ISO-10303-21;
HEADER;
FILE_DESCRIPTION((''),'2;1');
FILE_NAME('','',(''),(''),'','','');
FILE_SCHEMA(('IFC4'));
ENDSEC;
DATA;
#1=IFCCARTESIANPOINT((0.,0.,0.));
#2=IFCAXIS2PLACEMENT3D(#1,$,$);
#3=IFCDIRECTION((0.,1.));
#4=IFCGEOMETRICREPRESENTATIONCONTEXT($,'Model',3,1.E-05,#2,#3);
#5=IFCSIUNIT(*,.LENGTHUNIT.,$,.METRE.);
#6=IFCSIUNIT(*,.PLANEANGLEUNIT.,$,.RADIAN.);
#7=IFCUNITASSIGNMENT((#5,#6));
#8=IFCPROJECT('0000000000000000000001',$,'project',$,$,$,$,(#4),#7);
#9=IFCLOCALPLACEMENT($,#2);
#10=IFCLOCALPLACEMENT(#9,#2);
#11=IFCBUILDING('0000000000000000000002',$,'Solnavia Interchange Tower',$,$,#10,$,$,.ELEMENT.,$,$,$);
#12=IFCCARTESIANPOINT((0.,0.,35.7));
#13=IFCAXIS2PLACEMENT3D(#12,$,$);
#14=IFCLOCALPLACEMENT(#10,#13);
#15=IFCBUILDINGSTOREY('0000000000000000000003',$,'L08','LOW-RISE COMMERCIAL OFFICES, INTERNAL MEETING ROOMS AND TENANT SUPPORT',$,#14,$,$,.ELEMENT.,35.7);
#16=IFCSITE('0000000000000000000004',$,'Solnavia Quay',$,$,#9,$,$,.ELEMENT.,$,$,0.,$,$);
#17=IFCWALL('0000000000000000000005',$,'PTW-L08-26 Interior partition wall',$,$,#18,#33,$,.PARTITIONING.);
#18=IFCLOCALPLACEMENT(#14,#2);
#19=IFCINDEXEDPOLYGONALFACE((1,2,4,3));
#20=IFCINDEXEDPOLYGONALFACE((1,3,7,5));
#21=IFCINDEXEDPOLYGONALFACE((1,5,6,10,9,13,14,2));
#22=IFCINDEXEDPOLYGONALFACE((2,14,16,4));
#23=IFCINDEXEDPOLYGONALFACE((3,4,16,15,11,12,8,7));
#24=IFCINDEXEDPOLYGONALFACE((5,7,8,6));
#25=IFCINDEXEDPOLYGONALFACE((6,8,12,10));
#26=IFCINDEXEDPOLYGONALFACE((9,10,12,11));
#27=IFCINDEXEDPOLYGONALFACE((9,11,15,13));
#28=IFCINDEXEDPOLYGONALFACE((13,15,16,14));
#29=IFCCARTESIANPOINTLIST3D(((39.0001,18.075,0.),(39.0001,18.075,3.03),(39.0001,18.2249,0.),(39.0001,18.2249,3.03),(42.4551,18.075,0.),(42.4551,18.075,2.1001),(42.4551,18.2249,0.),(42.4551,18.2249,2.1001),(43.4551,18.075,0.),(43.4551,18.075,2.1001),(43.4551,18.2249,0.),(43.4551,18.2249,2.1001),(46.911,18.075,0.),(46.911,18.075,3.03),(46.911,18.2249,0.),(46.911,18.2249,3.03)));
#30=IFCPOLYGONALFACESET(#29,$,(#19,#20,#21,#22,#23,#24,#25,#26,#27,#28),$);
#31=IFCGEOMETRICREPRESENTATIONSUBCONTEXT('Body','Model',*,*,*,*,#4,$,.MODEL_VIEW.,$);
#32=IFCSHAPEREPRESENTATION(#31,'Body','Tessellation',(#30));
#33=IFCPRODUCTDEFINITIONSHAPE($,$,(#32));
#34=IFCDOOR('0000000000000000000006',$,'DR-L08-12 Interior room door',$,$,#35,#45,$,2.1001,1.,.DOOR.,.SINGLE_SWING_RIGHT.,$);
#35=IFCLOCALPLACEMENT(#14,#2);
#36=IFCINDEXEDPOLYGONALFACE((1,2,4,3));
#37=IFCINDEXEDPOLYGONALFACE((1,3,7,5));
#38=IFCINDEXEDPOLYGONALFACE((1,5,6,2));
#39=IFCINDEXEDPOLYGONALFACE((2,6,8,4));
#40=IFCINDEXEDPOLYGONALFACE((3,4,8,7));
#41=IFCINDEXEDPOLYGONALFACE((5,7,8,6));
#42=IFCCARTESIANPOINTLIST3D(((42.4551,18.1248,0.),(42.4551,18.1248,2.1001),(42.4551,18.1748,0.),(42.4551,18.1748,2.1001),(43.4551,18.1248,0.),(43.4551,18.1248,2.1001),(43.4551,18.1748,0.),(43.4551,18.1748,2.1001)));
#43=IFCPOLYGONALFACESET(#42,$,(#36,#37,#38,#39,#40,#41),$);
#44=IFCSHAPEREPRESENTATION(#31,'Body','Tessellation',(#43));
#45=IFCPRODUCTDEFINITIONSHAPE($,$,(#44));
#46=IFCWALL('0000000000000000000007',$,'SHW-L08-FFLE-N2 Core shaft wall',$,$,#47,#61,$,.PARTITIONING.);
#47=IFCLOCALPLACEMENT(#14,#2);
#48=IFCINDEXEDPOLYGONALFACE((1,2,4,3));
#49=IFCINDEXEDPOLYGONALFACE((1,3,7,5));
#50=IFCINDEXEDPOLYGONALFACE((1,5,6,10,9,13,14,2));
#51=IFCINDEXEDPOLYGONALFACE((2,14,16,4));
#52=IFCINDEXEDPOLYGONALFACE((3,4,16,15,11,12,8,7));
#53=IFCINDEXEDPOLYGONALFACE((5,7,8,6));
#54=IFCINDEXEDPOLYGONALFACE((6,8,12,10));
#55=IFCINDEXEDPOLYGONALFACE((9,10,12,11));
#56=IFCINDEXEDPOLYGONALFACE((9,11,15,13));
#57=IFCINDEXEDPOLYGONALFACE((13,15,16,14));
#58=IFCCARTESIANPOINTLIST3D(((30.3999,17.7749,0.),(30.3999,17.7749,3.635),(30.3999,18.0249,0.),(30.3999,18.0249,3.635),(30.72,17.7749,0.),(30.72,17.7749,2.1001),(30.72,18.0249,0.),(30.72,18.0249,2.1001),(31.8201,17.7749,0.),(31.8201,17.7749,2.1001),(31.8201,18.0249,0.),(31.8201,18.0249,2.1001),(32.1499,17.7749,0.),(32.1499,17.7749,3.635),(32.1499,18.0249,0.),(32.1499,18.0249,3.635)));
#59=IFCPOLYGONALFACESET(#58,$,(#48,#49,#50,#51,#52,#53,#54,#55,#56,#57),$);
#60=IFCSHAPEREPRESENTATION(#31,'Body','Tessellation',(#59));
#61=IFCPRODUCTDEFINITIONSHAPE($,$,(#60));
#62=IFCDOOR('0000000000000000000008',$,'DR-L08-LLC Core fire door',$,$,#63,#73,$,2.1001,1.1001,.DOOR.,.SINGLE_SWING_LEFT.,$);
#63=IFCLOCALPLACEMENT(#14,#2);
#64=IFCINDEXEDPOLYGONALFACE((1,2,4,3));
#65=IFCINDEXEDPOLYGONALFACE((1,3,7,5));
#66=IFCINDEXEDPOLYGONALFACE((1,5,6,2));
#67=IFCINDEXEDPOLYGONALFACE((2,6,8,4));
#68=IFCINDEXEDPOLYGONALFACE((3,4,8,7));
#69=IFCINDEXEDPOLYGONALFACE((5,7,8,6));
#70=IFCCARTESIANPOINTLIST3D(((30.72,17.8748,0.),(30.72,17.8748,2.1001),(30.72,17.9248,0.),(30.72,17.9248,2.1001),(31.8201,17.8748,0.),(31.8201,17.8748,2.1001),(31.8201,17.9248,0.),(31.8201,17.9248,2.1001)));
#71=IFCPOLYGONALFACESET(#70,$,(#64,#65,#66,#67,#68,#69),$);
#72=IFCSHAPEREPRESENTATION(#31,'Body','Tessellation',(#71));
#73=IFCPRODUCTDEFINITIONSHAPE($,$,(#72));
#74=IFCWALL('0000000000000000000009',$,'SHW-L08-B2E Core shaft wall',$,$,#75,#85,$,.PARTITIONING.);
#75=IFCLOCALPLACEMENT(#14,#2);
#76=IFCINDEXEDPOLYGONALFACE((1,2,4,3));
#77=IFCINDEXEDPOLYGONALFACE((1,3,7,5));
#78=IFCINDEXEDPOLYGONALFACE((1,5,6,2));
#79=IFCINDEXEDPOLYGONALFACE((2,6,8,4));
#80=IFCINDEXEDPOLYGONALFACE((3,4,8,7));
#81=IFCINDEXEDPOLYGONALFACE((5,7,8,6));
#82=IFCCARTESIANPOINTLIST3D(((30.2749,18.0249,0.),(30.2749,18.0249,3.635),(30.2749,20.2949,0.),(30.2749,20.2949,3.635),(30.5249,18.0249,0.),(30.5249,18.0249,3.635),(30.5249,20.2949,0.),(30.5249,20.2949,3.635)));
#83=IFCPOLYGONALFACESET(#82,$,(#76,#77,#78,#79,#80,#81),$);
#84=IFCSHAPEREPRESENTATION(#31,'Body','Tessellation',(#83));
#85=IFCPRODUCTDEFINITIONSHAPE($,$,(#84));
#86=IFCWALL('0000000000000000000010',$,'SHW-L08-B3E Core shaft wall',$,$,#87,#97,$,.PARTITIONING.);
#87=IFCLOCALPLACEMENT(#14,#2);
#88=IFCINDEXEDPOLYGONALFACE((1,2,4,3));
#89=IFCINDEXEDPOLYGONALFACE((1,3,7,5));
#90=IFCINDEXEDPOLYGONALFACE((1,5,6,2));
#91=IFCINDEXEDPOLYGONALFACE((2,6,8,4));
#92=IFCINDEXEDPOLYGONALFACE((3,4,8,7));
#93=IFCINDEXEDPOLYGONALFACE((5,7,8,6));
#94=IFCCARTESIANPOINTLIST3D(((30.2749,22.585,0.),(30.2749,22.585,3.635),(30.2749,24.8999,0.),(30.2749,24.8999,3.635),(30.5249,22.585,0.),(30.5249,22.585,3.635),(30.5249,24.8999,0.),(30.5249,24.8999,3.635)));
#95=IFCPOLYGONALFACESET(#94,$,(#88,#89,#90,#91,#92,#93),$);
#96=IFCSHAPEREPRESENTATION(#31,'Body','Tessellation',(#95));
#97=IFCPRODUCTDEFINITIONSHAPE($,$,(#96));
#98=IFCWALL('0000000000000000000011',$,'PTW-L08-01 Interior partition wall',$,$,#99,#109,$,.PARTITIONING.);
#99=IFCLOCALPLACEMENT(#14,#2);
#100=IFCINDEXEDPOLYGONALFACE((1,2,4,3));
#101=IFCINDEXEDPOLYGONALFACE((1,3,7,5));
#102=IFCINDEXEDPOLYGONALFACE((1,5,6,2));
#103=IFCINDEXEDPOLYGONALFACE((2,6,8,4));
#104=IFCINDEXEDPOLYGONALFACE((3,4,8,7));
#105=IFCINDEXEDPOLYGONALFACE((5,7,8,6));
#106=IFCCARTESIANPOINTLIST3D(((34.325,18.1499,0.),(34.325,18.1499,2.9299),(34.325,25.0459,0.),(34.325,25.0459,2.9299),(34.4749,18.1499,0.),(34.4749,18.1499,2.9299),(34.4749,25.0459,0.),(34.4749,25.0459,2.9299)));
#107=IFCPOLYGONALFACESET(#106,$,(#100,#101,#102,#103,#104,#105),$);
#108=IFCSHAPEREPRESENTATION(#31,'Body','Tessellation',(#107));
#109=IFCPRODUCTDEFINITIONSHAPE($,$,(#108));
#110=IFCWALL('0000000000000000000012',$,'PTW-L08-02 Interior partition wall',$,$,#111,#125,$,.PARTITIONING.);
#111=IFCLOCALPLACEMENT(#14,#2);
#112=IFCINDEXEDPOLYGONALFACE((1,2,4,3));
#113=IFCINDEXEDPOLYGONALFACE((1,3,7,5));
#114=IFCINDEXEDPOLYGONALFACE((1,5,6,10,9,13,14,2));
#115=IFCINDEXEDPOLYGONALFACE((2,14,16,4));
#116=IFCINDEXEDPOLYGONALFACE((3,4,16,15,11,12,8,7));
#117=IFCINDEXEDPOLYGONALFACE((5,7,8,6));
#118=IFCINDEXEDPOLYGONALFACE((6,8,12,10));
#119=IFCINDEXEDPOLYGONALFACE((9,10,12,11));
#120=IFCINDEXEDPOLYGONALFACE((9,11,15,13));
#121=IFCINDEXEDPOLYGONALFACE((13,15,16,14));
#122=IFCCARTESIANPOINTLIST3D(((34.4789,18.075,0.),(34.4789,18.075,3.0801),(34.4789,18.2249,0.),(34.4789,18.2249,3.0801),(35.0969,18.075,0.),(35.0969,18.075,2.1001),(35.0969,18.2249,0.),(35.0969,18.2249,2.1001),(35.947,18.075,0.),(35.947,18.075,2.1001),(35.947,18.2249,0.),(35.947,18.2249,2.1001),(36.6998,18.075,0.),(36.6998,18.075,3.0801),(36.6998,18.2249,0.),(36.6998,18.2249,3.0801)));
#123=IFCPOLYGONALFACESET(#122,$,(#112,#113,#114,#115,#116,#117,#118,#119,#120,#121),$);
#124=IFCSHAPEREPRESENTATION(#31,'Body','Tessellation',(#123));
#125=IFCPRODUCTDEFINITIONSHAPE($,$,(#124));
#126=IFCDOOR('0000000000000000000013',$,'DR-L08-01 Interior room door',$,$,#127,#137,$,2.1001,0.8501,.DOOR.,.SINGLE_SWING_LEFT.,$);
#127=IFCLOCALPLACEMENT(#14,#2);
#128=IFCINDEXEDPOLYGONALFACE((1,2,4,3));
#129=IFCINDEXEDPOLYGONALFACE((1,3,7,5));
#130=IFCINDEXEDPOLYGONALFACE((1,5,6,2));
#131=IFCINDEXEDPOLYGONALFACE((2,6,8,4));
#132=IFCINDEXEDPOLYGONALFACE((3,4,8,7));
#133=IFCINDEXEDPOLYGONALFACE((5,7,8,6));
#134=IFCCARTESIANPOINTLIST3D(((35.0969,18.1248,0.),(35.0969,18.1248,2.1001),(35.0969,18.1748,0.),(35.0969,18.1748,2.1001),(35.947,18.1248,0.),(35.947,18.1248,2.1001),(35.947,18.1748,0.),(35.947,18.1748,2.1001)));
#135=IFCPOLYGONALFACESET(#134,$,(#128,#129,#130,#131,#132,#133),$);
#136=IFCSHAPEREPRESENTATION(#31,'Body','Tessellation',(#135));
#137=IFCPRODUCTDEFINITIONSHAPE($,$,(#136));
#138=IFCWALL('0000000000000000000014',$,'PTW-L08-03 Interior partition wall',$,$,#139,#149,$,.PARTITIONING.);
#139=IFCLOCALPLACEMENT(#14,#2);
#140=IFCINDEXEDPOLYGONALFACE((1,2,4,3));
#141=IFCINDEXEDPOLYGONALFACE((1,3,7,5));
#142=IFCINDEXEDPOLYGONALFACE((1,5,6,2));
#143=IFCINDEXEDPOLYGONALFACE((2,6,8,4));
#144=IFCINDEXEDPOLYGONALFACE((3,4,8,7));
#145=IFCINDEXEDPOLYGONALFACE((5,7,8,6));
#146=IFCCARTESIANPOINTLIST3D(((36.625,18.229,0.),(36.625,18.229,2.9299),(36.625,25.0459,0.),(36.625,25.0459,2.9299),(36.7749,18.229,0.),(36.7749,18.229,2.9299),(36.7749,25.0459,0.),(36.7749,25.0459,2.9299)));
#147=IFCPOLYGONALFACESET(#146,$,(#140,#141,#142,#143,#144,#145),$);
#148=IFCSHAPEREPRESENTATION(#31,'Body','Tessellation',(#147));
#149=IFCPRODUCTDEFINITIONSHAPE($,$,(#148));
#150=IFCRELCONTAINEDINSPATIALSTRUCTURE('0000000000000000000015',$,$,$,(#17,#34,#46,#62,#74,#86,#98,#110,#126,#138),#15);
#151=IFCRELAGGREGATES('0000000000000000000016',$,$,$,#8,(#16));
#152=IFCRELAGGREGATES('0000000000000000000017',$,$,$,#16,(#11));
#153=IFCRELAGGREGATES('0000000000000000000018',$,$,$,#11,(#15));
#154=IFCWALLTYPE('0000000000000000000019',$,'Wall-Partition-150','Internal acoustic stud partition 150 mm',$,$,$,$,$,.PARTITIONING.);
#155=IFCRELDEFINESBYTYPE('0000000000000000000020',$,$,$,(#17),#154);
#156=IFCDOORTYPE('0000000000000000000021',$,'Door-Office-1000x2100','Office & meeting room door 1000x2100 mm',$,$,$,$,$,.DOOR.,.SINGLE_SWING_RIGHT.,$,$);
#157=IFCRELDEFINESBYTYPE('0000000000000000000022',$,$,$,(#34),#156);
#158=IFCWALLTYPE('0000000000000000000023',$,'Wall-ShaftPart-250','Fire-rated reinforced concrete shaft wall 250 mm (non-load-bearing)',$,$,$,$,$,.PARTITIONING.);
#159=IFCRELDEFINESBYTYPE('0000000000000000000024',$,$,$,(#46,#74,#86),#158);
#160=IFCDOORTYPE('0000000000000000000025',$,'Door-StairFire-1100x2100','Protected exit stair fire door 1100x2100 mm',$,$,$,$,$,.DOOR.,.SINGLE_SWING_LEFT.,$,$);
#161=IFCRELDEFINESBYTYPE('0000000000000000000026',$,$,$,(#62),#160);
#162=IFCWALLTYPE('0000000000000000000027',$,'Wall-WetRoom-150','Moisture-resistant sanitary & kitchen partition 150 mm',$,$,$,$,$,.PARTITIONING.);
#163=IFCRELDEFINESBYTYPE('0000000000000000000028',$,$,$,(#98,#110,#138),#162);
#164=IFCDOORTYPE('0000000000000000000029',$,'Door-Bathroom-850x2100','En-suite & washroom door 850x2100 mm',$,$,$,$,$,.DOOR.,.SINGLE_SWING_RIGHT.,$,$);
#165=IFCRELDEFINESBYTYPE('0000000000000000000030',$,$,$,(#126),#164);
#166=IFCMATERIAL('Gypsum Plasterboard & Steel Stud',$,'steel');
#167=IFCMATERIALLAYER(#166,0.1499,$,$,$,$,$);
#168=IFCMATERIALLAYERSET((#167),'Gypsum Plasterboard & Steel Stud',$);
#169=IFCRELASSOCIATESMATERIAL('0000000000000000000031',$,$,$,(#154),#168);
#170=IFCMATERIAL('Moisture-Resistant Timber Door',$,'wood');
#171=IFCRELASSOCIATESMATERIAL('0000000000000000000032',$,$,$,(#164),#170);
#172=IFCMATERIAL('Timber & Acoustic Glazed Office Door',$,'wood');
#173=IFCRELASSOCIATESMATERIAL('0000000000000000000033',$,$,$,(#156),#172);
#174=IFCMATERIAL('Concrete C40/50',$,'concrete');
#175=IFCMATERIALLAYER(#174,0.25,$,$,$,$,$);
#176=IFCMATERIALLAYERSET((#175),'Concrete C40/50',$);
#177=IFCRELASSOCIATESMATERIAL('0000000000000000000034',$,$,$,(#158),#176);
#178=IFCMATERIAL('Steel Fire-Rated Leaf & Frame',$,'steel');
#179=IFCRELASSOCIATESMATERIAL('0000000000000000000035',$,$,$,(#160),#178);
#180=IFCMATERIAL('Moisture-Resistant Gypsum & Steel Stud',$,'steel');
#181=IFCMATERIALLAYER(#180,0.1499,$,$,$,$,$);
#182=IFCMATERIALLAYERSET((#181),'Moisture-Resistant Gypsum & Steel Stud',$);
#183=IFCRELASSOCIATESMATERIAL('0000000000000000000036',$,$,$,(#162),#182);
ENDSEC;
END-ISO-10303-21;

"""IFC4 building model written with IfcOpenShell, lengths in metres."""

from ifc_helpers import new_model, si_unit, direction, frame, frame_2d, origin, place, context, subcontext, project, spatial, rectangle, extrude, material, layer, layer_set, type_object, element, fill, save


model = new_model("IFC4")

# Units and contexts
model_context = context("Model", 3, precision=1e-05, world=origin(), true_north=direction((0.0, 1.0)))
body_context = subcontext(model_context, "Body", "Model", "MODEL_VIEW")
ifc_project = project(units=[si_unit("LENGTHUNIT", "METRE"), si_unit("PLANEANGLEUNIT", "RADIAN")], contexts=[model_context])

# Site, building, storey
site_placement = place(None, origin())
site = spatial("IfcSite", under=ifc_project, at=site_placement, Name="Solnavia Quay", CompositionType="ELEMENT", RefElevation=0.0)
building_placement = place(site_placement, origin())
building = spatial("IfcBuilding", under=site, at=building_placement, Name="Solnavia Interchange Tower", CompositionType="ELEMENT")
storey_placement = place(building_placement, frame((0.0, 0.0, 35.7)))
storey = spatial("IfcBuildingStorey", under=building, at=storey_placement, Name="L08", Description="LOW-RISE COMMERCIAL OFFICES, INTERNAL MEETING ROOMS AND TENANT SUPPORT", CompositionType="ELEMENT", Elevation=35.7)

# Shared definitions
ifc_material_1 = material(Name="Concrete C40/50", Category="concrete")

# Walls, openings, doors
ifc_material_2 = material(Name="Gypsum Plasterboard & Steel Stud", Category="steel")
ifc_layer_1 = layer(ifc_material_2, 0.1499)
ifc_layer_set_1 = layer_set([ifc_layer_1], Name="Gypsum Plasterboard & Steel Stud")
wall_type_1 = type_object("IfcWallType", Name="Wall-Partition-150", Description="Internal acoustic stud partition 150 mm", PredefinedType="PARTITIONING", material=ifc_layer_set_1)
ifc_material_3 = material(Name="Moisture-Resistant Timber Door", Category="wood")
door_type_1 = type_object("IfcDoorType", Name="Door-Bathroom-850x2100", Description="En-suite & washroom door 850x2100 mm", OperationType="SINGLE_SWING_RIGHT", PredefinedType="DOOR", material=ifc_material_3)
wall_1_placement = place(storey_placement, frame((39.0, 18.1499, 0.0), z_axis=(0.0, 0.0, 1.0), x_axis=(1.0, 0.0, 0.0)))
wall_1 = element("IfcWall", 1, at=wall_1_placement, inside=storey, type_object=wall_type_1, Name="PTW-L08-26 Interior partition wall", PredefinedType="PARTITIONING", context=body_context, shape_type="SweptSolid", body=[
    extrude(rectangle(XDim=7.9109, YDim=0.1499, at=frame_2d((3.9556, 0.0))), origin(), (0.0, 0.0, 1.0), 3.03),
])
opening_1_placement = place(wall_1_placement, frame((3.4551, 0.0, 0.0)))
opening_1 = element("IfcOpeningElement", 2, at=opening_1_placement, cuts=wall_1, PredefinedType="OPENING", context=body_context, shape_type="SweptSolid", body=[
    extrude(rectangle(XDim=1.0, YDim=2.1001, at=frame_2d((0.5, 1.05))), frame((0.0, 0.085, 0.0), z_axis=(0.0, -1.0, 0.0), x_axis=(1.0, 0.0, 0.0)), (0.0, 0.0, 1.0), 0.1699),
])
ifc_material_4 = material(Name="Timber & Acoustic Glazed Office Door", Category="wood")
door_type_2 = type_object("IfcDoorType", Name="Door-Office-1000x2100", Description="Office & meeting room door 1000x2100 mm", OperationType="SINGLE_SWING_RIGHT", PredefinedType="DOOR", material=ifc_material_4)
door_1_placement = place(opening_1_placement, origin())
door_1 = element("IfcDoor", 3, at=door_1_placement, inside=storey, type_object=door_type_2, Name="DR-L08-12 Interior room door", OperationType="SINGLE_SWING_RIGHT", OverallHeight=2.1001, OverallWidth=1.0, PredefinedType="DOOR", context=body_context, shape_type="SweptSolid", body=[
    extrude(rectangle(XDim=1.0, YDim=2.1001, at=frame_2d((0.5, 1.05))), frame((0.0, 0.0249, 0.0), z_axis=(0.0, -1.0, 0.0), x_axis=(1.0, 0.0, 0.0)), (0.0, 0.0, 1.0), 0.05),
])
fill(opening_1, door_1)
ifc_layer_2 = layer(ifc_material_1, 0.25)
ifc_layer_set_2 = layer_set([ifc_layer_2], Name="Concrete C40/50")
wall_type_2 = type_object("IfcWallType", Name="Wall-ShaftPart-250", Description="Fire-rated reinforced concrete shaft wall 250 mm (non-load-bearing)", PredefinedType="PARTITIONING", material=ifc_layer_set_2)
wall_2_placement = place(storey_placement, frame((30.3999, 17.8999, 0.0), z_axis=(0.0, 0.0, 1.0), x_axis=(1.0, 0.0, 0.0)))
wall_2 = element("IfcWall", 4, at=wall_2_placement, inside=storey, type_object=wall_type_2, Name="SHW-L08-FFLE-N2 Core shaft wall", PredefinedType="PARTITIONING", context=body_context, shape_type="SweptSolid", body=[
    extrude(rectangle(XDim=1.75, YDim=0.25, at=frame_2d((0.875, 0.0))), origin(), (0.0, 0.0, 1.0), 3.635),
])
opening_2_placement = place(wall_2_placement, frame((0.3201, 0.0, 0.0)))
opening_2 = element("IfcOpeningElement", 5, at=opening_2_placement, cuts=wall_2, PredefinedType="OPENING", context=body_context, shape_type="SweptSolid", body=[
    extrude(rectangle(XDim=1.1001, YDim=2.1001, at=frame_2d((0.55, 1.05))), frame((0.0, 0.135, 0.0), z_axis=(0.0, -1.0, 0.0), x_axis=(1.0, 0.0, 0.0)), (0.0, 0.0, 1.0), 0.27),
])
ifc_material_5 = material(Name="Steel Fire-Rated Leaf & Frame", Category="steel")
door_type_3 = type_object("IfcDoorType", Name="Door-StairFire-1100x2100", Description="Protected exit stair fire door 1100x2100 mm", OperationType="SINGLE_SWING_LEFT", PredefinedType="DOOR", material=ifc_material_5)
door_2_placement = place(opening_2_placement, origin())
door_2 = element("IfcDoor", 6, at=door_2_placement, inside=storey, type_object=door_type_3, Name="DR-L08-LLC Core fire door", OperationType="SINGLE_SWING_LEFT", OverallHeight=2.1001, OverallWidth=1.1001, PredefinedType="DOOR", context=body_context, shape_type="SweptSolid", body=[
    extrude(rectangle(XDim=1.1001, YDim=2.1001, at=frame_2d((0.55, 1.05))), frame((0.0, 0.0249, 0.0), z_axis=(0.0, -1.0, 0.0), x_axis=(1.0, 0.0, 0.0)), (0.0, 0.0, 1.0), 0.05),
])
fill(opening_2, door_2)

# Walls
wall_3_placement = place(storey_placement, frame((30.3999, 18.0249, 0.0), z_axis=(0.0, 0.0, 1.0), x_axis=(0.0, 1.0, 0.0)))
element("IfcWall", 7, at=wall_3_placement, inside=storey, type_object=wall_type_2, Name="SHW-L08-B2E Core shaft wall", PredefinedType="PARTITIONING", context=body_context, shape_type="SweptSolid", body=[
    extrude(rectangle(XDim=2.27, YDim=0.25, at=frame_2d((1.135, 0.0))), origin(), (0.0, 0.0, 1.0), 3.635),
])
wall_4_placement = place(storey_placement, frame((30.3999, 22.585, 0.0), z_axis=(0.0, 0.0, 1.0), x_axis=(0.0, 1.0, 0.0)))
element("IfcWall", 8, at=wall_4_placement, inside=storey, type_object=wall_type_2, Name="SHW-L08-B3E Core shaft wall", PredefinedType="PARTITIONING", context=body_context, shape_type="SweptSolid", body=[
    extrude(rectangle(XDim=2.3149, YDim=0.25, at=frame_2d((1.1575, 0.0))), origin(), (0.0, 0.0, 1.0), 3.635),
])
ifc_material_6 = material(Name="Moisture-Resistant Gypsum & Steel Stud", Category="steel")
ifc_layer_3 = layer(ifc_material_6, 0.1499)
ifc_layer_set_3 = layer_set([ifc_layer_3], Name="Moisture-Resistant Gypsum & Steel Stud")
wall_type_3 = type_object("IfcWallType", Name="Wall-WetRoom-150", Description="Moisture-resistant sanitary & kitchen partition 150 mm", PredefinedType="PARTITIONING", material=ifc_layer_set_3)
wall_5_placement = place(storey_placement, frame((34.3999, 18.1499, 0.0), z_axis=(0.0, 0.0, 1.0), x_axis=(0.0, 1.0, 0.0)))
element("IfcWall", 9, at=wall_5_placement, inside=storey, type_object=wall_type_3, Name="PTW-L08-01 Interior partition wall", PredefinedType="PARTITIONING", context=body_context, shape_type="SweptSolid", body=[
    extrude(rectangle(XDim=6.896, YDim=0.1499, at=frame_2d((3.448, 0.0))), origin(), (0.0, 0.0, 1.0), 2.9299),
])

# Wall, opening, door
wall_6_placement = place(storey_placement, frame((34.479, 18.1499, 0.0), z_axis=(0.0, 0.0, 1.0), x_axis=(1.0, 0.0, 0.0)))
wall_6 = element("IfcWall", 10, at=wall_6_placement, inside=storey, type_object=wall_type_3, Name="PTW-L08-02 Interior partition wall", PredefinedType="PARTITIONING", context=body_context, shape_type="SweptSolid", body=[
    extrude(rectangle(XDim=2.2209, YDim=0.1499, at=frame_2d((1.1104, 0.0))), origin(), (0.0, 0.0, 1.0), 3.0801),
])
opening_3_placement = place(wall_6_placement, frame((0.6179, 0.0, 0.0)))
opening_3 = element("IfcOpeningElement", 11, at=opening_3_placement, cuts=wall_6, PredefinedType="OPENING", context=body_context, shape_type="SweptSolid", body=[
    extrude(rectangle(XDim=0.8501, YDim=2.1001, at=frame_2d((0.425, 1.05))), frame((0.0, 0.085, 0.0), z_axis=(0.0, -1.0, 0.0), x_axis=(1.0, 0.0, 0.0)), (0.0, 0.0, 1.0), 0.1699),
])
door_3_placement = place(opening_3_placement, origin())
door_3 = element("IfcDoor", 12, at=door_3_placement, inside=storey, type_object=door_type_1, Name="DR-L08-01 Interior room door", OperationType="SINGLE_SWING_LEFT", OverallHeight=2.1001, OverallWidth=0.8501, PredefinedType="DOOR", context=body_context, shape_type="SweptSolid", body=[
    extrude(rectangle(XDim=0.8501, YDim=2.1001, at=frame_2d((0.425, 1.05))), frame((0.0, 0.0249, 0.0), z_axis=(0.0, -1.0, 0.0), x_axis=(1.0, 0.0, 0.0)), (0.0, 0.0, 1.0), 0.05),
])
fill(opening_3, door_3)

# Wall
wall_7_placement = place(storey_placement, frame((36.7, 18.229, 0.0), z_axis=(0.0, 0.0, 1.0), x_axis=(0.0, 1.0, 0.0)))
element("IfcWall", 13, at=wall_7_placement, inside=storey, type_object=wall_type_3, Name="PTW-L08-03 Interior partition wall", PredefinedType="PARTITIONING", context=body_context, shape_type="SweptSolid", body=[
    extrude(rectangle(XDim=6.8169, YDim=0.1499, at=frame_2d((3.4084, 0.0))), origin(), (0.0, 0.0, 1.0), 2.9299),
])

save(model, "model.ifc")
